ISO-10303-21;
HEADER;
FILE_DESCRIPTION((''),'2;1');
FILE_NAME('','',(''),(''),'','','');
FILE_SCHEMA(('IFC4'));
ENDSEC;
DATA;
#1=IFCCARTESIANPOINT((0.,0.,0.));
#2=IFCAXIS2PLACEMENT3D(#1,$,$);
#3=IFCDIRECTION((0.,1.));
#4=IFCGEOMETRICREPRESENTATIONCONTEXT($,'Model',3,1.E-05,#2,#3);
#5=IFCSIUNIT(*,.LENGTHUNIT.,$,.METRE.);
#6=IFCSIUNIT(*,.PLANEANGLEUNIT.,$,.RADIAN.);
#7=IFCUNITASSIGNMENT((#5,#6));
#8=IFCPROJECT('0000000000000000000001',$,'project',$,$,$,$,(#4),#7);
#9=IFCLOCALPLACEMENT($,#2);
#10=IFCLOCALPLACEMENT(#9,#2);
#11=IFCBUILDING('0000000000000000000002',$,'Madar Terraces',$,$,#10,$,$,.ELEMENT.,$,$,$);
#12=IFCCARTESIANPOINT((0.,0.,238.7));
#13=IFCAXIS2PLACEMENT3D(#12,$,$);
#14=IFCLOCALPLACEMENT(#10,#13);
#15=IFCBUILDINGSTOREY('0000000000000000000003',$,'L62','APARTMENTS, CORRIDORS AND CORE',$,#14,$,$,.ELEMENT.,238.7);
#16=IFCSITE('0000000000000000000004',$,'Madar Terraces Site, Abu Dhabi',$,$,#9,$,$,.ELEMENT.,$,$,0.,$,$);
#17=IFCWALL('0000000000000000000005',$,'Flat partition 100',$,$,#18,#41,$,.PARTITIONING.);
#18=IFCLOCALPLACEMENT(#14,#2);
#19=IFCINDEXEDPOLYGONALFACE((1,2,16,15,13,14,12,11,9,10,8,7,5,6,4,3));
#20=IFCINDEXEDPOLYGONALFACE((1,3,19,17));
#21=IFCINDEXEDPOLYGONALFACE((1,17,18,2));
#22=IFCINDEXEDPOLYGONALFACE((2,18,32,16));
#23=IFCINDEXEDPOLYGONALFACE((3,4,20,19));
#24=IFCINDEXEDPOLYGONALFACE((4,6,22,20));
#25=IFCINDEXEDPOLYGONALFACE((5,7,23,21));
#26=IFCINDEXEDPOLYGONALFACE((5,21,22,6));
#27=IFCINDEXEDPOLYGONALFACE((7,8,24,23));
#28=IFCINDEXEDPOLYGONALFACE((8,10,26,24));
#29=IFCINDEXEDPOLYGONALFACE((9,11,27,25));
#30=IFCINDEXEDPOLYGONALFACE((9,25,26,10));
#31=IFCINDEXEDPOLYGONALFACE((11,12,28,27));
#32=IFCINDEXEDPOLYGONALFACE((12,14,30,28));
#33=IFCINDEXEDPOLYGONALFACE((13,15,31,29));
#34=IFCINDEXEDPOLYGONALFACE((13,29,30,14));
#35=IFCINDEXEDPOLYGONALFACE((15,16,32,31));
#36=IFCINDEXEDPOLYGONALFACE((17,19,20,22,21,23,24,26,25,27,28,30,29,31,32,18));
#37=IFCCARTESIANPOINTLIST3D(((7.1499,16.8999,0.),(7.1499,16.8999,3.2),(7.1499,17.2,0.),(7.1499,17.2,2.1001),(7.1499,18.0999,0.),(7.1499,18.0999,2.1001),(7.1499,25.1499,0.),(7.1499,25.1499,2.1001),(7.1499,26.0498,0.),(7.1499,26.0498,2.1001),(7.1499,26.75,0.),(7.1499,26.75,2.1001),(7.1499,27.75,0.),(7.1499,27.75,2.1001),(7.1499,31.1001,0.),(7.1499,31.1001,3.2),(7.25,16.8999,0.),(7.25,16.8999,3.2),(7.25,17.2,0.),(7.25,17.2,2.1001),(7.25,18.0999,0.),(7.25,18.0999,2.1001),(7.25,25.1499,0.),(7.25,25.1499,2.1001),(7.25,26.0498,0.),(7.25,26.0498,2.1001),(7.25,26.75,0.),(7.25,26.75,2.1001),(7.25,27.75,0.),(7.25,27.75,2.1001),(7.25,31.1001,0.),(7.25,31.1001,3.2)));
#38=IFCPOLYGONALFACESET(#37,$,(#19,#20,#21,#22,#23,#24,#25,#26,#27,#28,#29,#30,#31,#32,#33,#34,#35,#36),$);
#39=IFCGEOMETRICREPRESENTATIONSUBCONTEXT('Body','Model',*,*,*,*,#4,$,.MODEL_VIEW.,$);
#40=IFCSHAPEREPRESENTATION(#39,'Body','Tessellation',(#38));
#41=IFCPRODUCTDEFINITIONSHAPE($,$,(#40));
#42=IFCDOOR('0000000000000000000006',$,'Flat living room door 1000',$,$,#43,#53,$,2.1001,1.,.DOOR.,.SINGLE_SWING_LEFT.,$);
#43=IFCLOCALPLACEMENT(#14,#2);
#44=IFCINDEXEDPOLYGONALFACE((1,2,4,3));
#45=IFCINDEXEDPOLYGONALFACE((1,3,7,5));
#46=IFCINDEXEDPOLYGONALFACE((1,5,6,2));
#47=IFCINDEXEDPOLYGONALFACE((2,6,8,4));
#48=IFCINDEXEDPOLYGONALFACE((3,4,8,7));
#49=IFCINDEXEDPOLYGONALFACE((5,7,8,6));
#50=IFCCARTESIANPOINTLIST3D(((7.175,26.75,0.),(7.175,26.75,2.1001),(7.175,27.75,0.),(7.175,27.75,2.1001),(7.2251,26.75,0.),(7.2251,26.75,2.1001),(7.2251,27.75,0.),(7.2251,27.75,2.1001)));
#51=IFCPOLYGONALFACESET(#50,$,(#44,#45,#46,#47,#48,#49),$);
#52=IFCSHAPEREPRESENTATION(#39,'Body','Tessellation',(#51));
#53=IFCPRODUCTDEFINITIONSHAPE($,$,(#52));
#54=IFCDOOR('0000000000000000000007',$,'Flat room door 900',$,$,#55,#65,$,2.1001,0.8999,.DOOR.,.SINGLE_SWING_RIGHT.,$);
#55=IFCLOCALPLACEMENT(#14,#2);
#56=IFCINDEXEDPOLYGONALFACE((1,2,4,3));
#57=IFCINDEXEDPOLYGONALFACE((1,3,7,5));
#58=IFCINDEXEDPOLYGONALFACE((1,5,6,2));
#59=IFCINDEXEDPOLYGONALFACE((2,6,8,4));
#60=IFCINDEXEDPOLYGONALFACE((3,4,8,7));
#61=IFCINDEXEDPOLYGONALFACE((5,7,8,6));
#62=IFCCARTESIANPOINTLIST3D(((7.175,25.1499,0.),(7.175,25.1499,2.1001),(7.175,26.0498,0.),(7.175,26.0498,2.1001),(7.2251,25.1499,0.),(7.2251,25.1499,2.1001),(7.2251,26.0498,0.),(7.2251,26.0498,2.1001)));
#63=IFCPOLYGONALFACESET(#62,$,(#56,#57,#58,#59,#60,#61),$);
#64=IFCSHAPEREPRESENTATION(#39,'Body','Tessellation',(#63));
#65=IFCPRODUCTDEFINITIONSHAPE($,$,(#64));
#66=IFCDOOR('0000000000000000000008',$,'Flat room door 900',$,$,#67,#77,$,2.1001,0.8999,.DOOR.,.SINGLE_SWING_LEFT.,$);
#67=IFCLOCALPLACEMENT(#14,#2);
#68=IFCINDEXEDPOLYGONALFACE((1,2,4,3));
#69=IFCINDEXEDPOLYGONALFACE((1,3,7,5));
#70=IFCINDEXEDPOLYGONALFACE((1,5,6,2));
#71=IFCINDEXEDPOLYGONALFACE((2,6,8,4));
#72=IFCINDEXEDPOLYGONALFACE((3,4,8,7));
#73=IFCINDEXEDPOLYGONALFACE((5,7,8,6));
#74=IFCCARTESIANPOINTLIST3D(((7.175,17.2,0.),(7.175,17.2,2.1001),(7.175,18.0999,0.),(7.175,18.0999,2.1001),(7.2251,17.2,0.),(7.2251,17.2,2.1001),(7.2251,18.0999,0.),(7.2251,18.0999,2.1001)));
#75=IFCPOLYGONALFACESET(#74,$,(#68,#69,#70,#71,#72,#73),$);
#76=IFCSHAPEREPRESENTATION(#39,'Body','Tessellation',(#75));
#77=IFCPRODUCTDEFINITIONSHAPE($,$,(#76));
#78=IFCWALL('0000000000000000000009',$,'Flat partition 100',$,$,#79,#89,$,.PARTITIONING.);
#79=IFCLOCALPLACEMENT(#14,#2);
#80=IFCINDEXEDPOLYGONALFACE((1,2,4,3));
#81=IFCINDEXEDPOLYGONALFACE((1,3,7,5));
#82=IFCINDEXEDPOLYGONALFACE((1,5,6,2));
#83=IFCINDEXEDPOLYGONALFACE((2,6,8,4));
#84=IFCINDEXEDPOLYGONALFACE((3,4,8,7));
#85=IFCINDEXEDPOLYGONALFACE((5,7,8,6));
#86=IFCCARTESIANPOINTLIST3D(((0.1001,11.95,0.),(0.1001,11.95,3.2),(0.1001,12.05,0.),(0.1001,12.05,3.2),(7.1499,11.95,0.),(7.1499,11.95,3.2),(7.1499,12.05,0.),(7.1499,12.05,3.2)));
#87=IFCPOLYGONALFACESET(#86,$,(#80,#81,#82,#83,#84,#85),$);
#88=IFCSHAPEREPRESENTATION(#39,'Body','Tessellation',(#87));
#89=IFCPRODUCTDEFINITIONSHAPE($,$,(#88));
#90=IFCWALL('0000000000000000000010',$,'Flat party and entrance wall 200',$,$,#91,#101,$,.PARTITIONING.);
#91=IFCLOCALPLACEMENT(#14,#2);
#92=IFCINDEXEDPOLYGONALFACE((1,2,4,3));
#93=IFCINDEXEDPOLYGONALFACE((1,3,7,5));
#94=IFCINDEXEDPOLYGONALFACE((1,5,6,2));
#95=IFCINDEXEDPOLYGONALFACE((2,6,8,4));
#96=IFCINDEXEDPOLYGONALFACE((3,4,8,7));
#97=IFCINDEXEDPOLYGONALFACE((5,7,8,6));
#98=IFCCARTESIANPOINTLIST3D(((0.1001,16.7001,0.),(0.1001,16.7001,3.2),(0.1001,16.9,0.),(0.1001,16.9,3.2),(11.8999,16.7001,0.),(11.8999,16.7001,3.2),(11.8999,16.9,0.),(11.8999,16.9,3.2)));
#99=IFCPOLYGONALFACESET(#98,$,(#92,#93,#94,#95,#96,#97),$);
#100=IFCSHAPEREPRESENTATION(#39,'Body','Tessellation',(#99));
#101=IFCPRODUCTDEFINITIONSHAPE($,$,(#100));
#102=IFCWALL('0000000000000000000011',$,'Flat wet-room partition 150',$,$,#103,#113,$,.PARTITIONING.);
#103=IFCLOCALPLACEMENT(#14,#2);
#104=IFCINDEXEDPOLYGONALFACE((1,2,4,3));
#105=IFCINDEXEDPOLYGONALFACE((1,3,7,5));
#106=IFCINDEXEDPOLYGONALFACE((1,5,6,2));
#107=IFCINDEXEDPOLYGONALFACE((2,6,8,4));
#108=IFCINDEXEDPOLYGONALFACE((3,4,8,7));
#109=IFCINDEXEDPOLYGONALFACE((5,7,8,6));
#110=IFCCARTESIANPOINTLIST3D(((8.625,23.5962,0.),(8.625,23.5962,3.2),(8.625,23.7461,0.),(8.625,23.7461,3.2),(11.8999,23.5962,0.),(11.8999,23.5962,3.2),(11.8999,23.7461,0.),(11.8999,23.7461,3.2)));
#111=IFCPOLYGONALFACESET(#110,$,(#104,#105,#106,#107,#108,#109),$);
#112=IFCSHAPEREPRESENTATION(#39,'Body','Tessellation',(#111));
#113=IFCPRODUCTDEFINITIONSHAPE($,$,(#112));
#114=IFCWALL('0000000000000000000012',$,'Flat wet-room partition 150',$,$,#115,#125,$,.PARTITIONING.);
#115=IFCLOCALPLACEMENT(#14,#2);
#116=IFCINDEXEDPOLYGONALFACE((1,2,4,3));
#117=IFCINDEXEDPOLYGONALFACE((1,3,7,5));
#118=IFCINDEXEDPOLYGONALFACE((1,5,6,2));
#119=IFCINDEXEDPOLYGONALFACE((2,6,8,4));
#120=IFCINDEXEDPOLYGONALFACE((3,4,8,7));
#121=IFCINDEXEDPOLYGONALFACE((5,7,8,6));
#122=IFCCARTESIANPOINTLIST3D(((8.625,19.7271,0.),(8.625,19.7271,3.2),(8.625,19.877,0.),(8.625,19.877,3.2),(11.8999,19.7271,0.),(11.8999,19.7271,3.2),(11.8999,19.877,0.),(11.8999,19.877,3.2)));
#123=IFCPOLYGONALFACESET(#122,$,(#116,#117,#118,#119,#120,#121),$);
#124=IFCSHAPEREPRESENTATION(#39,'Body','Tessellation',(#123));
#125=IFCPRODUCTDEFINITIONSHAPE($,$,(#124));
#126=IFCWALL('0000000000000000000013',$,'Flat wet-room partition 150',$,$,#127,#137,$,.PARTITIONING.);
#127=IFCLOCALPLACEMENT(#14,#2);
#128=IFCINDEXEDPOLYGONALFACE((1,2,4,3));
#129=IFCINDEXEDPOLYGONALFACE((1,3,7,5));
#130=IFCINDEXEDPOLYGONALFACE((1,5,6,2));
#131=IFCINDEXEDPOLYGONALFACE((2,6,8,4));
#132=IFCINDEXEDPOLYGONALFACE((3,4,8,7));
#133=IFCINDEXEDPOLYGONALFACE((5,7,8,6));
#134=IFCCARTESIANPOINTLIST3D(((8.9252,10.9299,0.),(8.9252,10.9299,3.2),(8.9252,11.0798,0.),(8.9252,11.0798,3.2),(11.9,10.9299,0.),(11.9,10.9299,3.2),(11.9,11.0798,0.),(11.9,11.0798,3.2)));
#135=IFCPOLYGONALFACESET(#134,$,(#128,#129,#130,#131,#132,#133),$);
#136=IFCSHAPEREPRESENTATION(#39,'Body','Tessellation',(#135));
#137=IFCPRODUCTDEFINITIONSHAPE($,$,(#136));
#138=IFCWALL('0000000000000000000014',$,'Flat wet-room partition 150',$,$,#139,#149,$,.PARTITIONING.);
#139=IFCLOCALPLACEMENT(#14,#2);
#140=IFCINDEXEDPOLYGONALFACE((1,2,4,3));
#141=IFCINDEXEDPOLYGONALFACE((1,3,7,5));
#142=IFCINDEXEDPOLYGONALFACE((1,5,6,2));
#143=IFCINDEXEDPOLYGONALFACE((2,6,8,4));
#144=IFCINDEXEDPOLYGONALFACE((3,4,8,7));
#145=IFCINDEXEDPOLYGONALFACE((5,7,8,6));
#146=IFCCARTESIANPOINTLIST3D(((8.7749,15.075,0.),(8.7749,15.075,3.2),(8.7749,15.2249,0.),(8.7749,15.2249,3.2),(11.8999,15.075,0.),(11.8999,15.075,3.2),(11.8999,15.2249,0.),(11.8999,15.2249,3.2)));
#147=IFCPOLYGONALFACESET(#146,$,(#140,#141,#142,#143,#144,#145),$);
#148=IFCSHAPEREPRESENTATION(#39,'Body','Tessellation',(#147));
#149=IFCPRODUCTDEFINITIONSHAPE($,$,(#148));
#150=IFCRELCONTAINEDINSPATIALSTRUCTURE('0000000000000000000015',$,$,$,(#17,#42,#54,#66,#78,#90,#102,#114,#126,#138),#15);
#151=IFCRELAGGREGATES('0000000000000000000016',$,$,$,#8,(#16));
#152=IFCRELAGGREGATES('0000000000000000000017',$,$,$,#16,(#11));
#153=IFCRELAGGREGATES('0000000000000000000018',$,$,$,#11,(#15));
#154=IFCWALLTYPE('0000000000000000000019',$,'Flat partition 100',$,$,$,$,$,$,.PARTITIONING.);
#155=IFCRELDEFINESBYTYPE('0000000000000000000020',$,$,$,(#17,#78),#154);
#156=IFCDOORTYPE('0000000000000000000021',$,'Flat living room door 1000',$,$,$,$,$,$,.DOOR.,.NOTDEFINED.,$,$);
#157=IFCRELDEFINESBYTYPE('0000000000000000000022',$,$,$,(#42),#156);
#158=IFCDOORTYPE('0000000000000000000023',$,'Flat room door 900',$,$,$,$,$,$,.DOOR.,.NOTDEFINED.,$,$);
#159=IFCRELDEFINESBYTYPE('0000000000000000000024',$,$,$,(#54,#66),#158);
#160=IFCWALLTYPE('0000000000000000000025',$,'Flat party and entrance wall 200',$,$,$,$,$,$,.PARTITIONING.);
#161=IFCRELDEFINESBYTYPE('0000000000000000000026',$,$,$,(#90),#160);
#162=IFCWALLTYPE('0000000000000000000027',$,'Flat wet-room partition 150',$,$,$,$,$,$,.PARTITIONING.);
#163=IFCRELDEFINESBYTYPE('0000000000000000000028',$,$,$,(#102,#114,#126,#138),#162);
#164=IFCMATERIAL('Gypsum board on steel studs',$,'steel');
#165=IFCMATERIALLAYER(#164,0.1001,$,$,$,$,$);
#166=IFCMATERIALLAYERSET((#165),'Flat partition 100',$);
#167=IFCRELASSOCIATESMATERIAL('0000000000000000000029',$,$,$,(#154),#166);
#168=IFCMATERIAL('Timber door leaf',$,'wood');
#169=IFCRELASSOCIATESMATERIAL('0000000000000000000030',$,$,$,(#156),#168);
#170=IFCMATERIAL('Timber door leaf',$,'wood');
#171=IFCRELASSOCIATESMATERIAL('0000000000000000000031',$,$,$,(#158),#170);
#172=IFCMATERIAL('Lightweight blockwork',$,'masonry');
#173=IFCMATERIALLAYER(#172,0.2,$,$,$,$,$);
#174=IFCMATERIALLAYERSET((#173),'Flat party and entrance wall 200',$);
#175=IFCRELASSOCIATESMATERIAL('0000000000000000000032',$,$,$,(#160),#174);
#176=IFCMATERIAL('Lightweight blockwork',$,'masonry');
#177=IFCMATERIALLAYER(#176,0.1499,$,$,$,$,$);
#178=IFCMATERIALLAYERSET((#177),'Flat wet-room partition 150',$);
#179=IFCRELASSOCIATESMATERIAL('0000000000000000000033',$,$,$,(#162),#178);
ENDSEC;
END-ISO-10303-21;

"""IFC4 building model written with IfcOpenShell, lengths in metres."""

from ifc_helpers import new_model, si_unit, direction, frame, frame_2d, origin, place, context, subcontext, project, spatial, rectangle, extrude, material, layer, layer_set, type_object, element, fill, save


model = new_model("IFC4")

# Units and contexts
model_context = context("Model", 3, precision=1e-05, world=origin(), true_north=direction((0.0, 1.0)))
body_context = subcontext(model_context, "Body", "Model", "MODEL_VIEW")
ifc_project = project(units=[si_unit("LENGTHUNIT", "METRE"), si_unit("PLANEANGLEUNIT", "RADIAN")], contexts=[model_context])

# Site, building, storey
site_placement = place(None, origin())
site = spatial("IfcSite", under=ifc_project, at=site_placement, Name="Madar Terraces Site, Abu Dhabi", CompositionType="ELEMENT", RefElevation=0.0)
building_placement = place(site_placement, origin())
building = spatial("IfcBuilding", under=site, at=building_placement, Name="Madar Terraces", CompositionType="ELEMENT")
storey_placement = place(building_placement, frame((0.0, 0.0, 238.7)))
storey = spatial("IfcBuildingStorey", under=building, at=storey_placement, Name="L62", Description="APARTMENTS, CORRIDORS AND CORE", CompositionType="ELEMENT", Elevation=238.7)

# Shared definitions
ifc_material_1 = material(Name="Gypsum board on steel studs", Category="steel")
ifc_layer_1 = layer(ifc_material_1, 0.1001)
ifc_layer_set_1 = layer_set([ifc_layer_1], Name="Flat partition 100")
wall_type_1 = type_object("IfcWallType", Name="Flat partition 100", PredefinedType="PARTITIONING", material=ifc_layer_set_1)

# Wall, openings, doors
wall_1_placement = place(storey_placement, frame((7.2, 16.8999, 0.0), z_axis=(0.0, 0.0, 1.0), x_axis=(0.0, 1.0, 0.0)))
wall_1 = element("IfcWall", 1, at=wall_1_placement, inside=storey, type_object=wall_type_1, Name="Flat partition 100", PredefinedType="PARTITIONING", context=body_context, shape_type="SweptSolid", body=[
    extrude(rectangle(XDim=14.2002, YDim=0.1001, at=frame_2d((7.1001, 0.0))), origin(), (0.0, 0.0, 1.0), 3.2),
])
opening_1_placement = place(wall_1_placement, frame((9.8501, 0.0, 0.0)))
opening_1 = element("IfcOpeningElement", 2, at=opening_1_placement, cuts=wall_1, PredefinedType="OPENING", context=body_context, shape_type="SweptSolid", body=[
    extrude(rectangle(XDim=1.0, YDim=2.1001, at=frame_2d((0.5, 1.05))), frame((0.0, 0.0601, 0.0), z_axis=(0.0, -1.0, 0.0), x_axis=(1.0, 0.0, 0.0)), (0.0, 0.0, 1.0), 0.1201),
])
opening_2_placement = place(wall_1_placement, frame((8.25, 0.0, 0.0)))
opening_2 = element("IfcOpeningElement", 3, at=opening_2_placement, cuts=wall_1, PredefinedType="OPENING", context=body_context, shape_type="SweptSolid", body=[
    extrude(rectangle(XDim=0.8999, YDim=2.1001, at=frame_2d((0.45, 1.05))), frame((0.0, 0.0601, 0.0), z_axis=(0.0, -1.0, 0.0), x_axis=(1.0, 0.0, 0.0)), (0.0, 0.0, 1.0), 0.1201),
])
opening_3_placement = place(wall_1_placement, frame((0.3, 0.0, 0.0)))
opening_3 = element("IfcOpeningElement", 4, at=opening_3_placement, cuts=wall_1, PredefinedType="OPENING", context=body_context, shape_type="SweptSolid", body=[
    extrude(rectangle(XDim=0.8999, YDim=2.1001, at=frame_2d((0.45, 1.05))), frame((0.0, 0.0601, 0.0), z_axis=(0.0, -1.0, 0.0), x_axis=(1.0, 0.0, 0.0)), (0.0, 0.0, 1.0), 0.1201),
])
ifc_material_2 = material(Name="Timber door leaf", Category="wood")
door_type_1 = type_object("IfcDoorType", Name="Flat living room door 1000", OperationType="NOTDEFINED", PredefinedType="DOOR", material=ifc_material_2)
door_1_placement = place(opening_1_placement, origin())
door_1 = element("IfcDoor", 5, at=door_1_placement, inside=storey, type_object=door_type_1, Name="Flat living room door 1000", OperationType="SINGLE_SWING_LEFT", OverallHeight=2.1001, OverallWidth=1.0, PredefinedType="DOOR", context=body_context, shape_type="SweptSolid", body=[
    extrude(rectangle(XDim=1.0, YDim=2.1001, at=frame_2d((0.5, 1.05))), frame((0.0, 0.0249, 0.0), z_axis=(0.0, -1.0, 0.0), x_axis=(1.0, 0.0, 0.0)), (0.0, 0.0, 1.0), 0.05),
])
fill(opening_1, door_1)
ifc_material_3 = material(Name="Timber door leaf", Category="wood")
door_type_2 = type_object("IfcDoorType", Name="Flat room door 900", OperationType="NOTDEFINED", PredefinedType="DOOR", material=ifc_material_3)
door_2_placement = place(opening_2_placement, origin())
door_2 = element("IfcDoor", 6, at=door_2_placement, inside=storey, type_object=door_type_2, Name="Flat room door 900", OperationType="SINGLE_SWING_RIGHT", OverallHeight=2.1001, OverallWidth=0.8999, PredefinedType="DOOR", context=body_context, shape_type="SweptSolid", body=[
    extrude(rectangle(XDim=0.8999, YDim=2.1001, at=frame_2d((0.45, 1.05))), frame((0.0, 0.0249, 0.0), z_axis=(0.0, -1.0, 0.0), x_axis=(1.0, 0.0, 0.0)), (0.0, 0.0, 1.0), 0.05),
])
fill(opening_2, door_2)
door_3_placement = place(opening_3_placement, origin())
door_3 = element("IfcDoor", 7, at=door_3_placement, inside=storey, type_object=door_type_2, Name="Flat room door 900", OperationType="SINGLE_SWING_LEFT", OverallHeight=2.1001, OverallWidth=0.8999, PredefinedType="DOOR", context=body_context, shape_type="SweptSolid", body=[
    extrude(rectangle(XDim=0.8999, YDim=2.1001, at=frame_2d((0.45, 1.05))), frame((0.0, 0.0249, 0.0), z_axis=(0.0, -1.0, 0.0), x_axis=(1.0, 0.0, 0.0)), (0.0, 0.0, 1.0), 0.05),
])
fill(opening_3, door_3)

# Walls
wall_2_placement = place(storey_placement, frame((7.1499, 12.0, 0.0), z_axis=(0.0, 0.0, 1.0), x_axis=(-1.0, 0.0, 0.0)))
element("IfcWall", 8, at=wall_2_placement, inside=storey, type_object=wall_type_1, Name="Flat partition 100", PredefinedType="PARTITIONING", context=body_context, shape_type="SweptSolid", body=[
    extrude(rectangle(XDim=7.0498, YDim=0.1001, at=frame_2d((3.5249, 0.0))), origin(), (0.0, 0.0, 1.0), 3.2),
])
ifc_material_4 = material(Name="Lightweight blockwork", Category="masonry")
ifc_layer_2 = layer(ifc_material_4, 0.2)
ifc_layer_set_2 = layer_set([ifc_layer_2], Name="Flat party and entrance wall 200")
wall_type_2 = type_object("IfcWallType", Name="Flat party and entrance wall 200", PredefinedType="PARTITIONING", material=ifc_layer_set_2)
wall_3_placement = place(storey_placement, frame((0.1001, 16.8, 0.0), z_axis=(0.0, 0.0, 1.0), x_axis=(1.0, 0.0, 0.0)))
element("IfcWall", 9, at=wall_3_placement, inside=storey, type_object=wall_type_2, Name="Flat party and entrance wall 200", PredefinedType="PARTITIONING", context=body_context, shape_type="SweptSolid", body=[
    extrude(rectangle(XDim=11.7998, YDim=0.2, at=frame_2d((5.8999, 0.0))), origin(), (0.0, 0.0, 1.0), 3.2),
])
ifc_material_5 = material(Name="Lightweight blockwork", Category="masonry")
ifc_layer_3 = layer(ifc_material_5, 0.1499)
ifc_layer_set_3 = layer_set([ifc_layer_3], Name="Flat wet-room partition 150")
wall_type_3 = type_object("IfcWallType", Name="Flat wet-room partition 150", PredefinedType="PARTITIONING", material=ifc_layer_set_3)
for number, where, z_axis, x_axis, name in (
    (10, (11.8999, 23.6711, 0.0), (0.0, 0.0, 1.0), (-1.0, 0.0, 0.0), "Flat wet-room partition 150"),
    (11, (11.8999, 19.802, 0.0), (0.0, 0.0, 1.0), (-1.0, 0.0, 0.0), "Flat wet-room partition 150"),
):
    element("IfcWall", number, at=place(storey_placement, frame(where, z_axis=z_axis, x_axis=x_axis)), inside=storey, type_object=wall_type_3, Name=name, PredefinedType="PARTITIONING", context=body_context, shape_type="SweptSolid", body=[
        extrude(rectangle(XDim=3.2749, YDim=0.1499, at=frame_2d((1.6375, 0.0))), origin(), (0.0, 0.0, 1.0), 3.2),
    ])
wall_4_placement = place(storey_placement, frame((11.8999, 11.0049, 0.0), z_axis=(0.0, 0.0, 1.0), x_axis=(-1.0, 0.0, 0.0)))
element("IfcWall", 12, at=wall_4_placement, inside=storey, type_object=wall_type_3, Name="Flat wet-room partition 150", PredefinedType="PARTITIONING", context=body_context, shape_type="SweptSolid", body=[
    extrude(rectangle(XDim=2.9749, YDim=0.1499, at=frame_2d((1.4873, 0.0))), origin(), (0.0, 0.0, 1.0), 3.2),
])
wall_5_placement = place(storey_placement, frame((11.8999, 15.1499, 0.0), z_axis=(0.0, 0.0, 1.0), x_axis=(-1.0, 0.0, 0.0)))
element("IfcWall", 13, at=wall_5_placement, inside=storey, type_object=wall_type_3, Name="Flat wet-room partition 150", PredefinedType="PARTITIONING", context=body_context, shape_type="SweptSolid", body=[
    extrude(rectangle(XDim=3.125, YDim=0.1499, at=frame_2d((1.5625, 0.0))), origin(), (0.0, 0.0, 1.0), 3.2),
])

save(model, "model.ifc")
